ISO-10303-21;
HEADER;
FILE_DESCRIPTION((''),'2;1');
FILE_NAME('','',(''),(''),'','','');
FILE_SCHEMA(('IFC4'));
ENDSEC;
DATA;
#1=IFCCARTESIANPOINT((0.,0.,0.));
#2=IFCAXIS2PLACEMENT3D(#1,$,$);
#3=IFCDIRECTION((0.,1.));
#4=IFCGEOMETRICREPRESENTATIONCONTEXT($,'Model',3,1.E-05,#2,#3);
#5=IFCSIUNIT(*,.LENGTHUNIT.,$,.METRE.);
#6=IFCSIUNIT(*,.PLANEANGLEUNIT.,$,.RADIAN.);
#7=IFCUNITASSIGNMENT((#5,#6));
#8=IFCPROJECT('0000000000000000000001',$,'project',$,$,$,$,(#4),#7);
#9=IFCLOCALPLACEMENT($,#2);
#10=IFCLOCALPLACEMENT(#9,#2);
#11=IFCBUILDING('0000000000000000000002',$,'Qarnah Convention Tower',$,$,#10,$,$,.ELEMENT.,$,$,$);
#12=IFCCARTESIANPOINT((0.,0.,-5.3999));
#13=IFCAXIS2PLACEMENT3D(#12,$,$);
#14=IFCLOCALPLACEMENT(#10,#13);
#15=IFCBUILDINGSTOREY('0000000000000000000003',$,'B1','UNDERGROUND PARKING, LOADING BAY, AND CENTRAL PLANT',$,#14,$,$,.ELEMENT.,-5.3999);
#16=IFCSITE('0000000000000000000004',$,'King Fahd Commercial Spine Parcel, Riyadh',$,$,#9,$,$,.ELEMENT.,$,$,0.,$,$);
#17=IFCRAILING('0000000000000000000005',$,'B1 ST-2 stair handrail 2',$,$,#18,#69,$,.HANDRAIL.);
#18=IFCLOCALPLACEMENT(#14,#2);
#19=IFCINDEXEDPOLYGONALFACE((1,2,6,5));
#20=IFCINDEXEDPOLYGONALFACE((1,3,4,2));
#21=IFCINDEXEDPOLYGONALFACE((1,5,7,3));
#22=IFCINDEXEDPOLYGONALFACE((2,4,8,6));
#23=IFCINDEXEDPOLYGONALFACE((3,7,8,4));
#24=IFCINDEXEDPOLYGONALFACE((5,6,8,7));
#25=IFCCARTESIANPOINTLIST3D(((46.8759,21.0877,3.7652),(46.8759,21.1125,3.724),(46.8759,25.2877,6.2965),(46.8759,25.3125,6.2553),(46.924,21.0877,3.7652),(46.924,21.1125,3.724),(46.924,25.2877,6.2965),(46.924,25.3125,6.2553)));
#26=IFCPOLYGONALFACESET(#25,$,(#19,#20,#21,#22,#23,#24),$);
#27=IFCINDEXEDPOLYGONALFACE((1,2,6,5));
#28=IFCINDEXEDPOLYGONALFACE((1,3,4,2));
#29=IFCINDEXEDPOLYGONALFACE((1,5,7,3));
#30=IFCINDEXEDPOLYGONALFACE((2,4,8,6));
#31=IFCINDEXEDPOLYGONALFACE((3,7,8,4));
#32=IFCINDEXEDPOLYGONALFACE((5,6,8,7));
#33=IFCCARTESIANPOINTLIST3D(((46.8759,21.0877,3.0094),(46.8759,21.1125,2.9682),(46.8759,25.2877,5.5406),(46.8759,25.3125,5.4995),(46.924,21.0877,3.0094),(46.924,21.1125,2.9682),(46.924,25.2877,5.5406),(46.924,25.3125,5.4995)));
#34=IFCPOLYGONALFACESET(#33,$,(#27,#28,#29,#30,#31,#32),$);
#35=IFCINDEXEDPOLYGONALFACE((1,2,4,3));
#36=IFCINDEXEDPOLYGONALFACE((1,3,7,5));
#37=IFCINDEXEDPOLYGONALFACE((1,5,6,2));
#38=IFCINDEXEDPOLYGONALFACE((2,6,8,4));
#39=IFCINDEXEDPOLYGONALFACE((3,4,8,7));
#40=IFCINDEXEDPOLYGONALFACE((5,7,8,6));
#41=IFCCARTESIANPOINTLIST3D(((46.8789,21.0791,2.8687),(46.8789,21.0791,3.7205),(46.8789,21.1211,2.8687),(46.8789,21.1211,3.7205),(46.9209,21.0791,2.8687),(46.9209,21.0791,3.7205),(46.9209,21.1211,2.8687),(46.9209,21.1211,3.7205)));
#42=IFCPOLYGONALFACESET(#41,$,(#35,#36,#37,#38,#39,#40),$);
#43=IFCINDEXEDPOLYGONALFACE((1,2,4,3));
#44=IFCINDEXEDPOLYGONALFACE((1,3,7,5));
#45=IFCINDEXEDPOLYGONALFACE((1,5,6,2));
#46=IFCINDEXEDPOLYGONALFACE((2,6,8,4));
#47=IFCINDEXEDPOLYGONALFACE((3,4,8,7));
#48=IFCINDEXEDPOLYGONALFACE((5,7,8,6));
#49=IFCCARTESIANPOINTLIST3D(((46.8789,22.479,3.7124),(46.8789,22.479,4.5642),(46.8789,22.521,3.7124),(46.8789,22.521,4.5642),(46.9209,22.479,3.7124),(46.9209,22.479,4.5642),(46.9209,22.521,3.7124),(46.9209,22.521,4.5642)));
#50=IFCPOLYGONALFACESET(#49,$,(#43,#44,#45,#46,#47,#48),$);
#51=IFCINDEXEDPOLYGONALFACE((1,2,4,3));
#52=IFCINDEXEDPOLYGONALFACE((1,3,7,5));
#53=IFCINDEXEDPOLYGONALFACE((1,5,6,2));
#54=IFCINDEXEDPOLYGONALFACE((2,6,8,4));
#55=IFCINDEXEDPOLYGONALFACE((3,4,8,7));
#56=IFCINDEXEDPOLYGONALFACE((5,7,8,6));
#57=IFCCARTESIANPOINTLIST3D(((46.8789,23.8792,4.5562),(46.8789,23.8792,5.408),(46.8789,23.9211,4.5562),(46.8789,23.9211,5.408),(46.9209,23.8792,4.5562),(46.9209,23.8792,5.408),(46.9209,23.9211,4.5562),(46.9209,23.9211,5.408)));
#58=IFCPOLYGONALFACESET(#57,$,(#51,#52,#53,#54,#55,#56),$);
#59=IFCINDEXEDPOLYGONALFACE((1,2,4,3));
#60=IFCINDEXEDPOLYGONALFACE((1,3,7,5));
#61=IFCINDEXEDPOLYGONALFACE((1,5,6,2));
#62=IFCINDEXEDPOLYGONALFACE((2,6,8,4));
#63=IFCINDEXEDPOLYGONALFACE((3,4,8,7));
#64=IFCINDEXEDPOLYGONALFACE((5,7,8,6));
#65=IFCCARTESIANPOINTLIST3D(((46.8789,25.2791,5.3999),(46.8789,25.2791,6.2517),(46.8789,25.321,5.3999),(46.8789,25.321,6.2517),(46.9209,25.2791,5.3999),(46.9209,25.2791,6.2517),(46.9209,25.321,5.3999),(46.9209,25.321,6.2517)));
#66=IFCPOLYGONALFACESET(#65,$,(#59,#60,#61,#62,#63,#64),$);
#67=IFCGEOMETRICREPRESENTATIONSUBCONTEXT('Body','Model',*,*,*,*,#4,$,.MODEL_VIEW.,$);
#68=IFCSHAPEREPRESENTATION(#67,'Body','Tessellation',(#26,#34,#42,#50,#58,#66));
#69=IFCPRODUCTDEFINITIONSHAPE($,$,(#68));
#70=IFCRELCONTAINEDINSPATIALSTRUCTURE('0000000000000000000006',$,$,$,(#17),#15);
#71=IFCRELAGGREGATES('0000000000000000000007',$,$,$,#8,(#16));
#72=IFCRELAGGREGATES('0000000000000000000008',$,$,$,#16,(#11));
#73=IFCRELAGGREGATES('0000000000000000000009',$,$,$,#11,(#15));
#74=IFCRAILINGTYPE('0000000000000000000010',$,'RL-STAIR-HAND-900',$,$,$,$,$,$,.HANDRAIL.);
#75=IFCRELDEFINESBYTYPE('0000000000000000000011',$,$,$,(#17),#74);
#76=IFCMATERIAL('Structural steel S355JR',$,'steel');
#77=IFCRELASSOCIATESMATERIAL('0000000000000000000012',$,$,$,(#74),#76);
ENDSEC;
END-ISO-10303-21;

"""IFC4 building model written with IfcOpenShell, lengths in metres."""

from ifc_helpers import new_model, si_unit, direction, frame, origin, origin_2d, place, context, subcontext, project, spatial, rectangle, extrude, material, type_object, element, save


model = new_model("IFC4")

# Units and contexts
model_context = context("Model", 3, precision=1e-05, world=origin(), true_north=direction((0.0, 1.0)))
body_context = subcontext(model_context, "Body", "Model", "MODEL_VIEW")
ifc_project = project(units=[si_unit("LENGTHUNIT", "METRE"), si_unit("PLANEANGLEUNIT", "RADIAN")], contexts=[model_context])

# Site, building, storey
site_placement = place(None, origin())
site = spatial("IfcSite", under=ifc_project, at=site_placement, Name="King Fahd Commercial Spine Parcel, Riyadh", CompositionType="ELEMENT", RefElevation=0.0)
building_placement = place(site_placement, origin())
building = spatial("IfcBuilding", under=site, at=building_placement, Name="Qarnah Convention Tower", CompositionType="ELEMENT")
storey_placement = place(building_placement, frame((0.0, 0.0, -5.3999)))
storey = spatial("IfcBuildingStorey", under=building, at=storey_placement, Name="B1", Description="UNDERGROUND PARKING, LOADING BAY, AND CENTRAL PLANT", CompositionType="ELEMENT", Elevation=-5.3999)

# Shared definitions
ifc_material_1 = material(Name="Structural steel S355JR", Category="steel")

# Railing
railing_type_1 = type_object("IfcRailingType", Name="RL-STAIR-HAND-900", PredefinedType="HANDRAIL", material=ifc_material_1)
railing_1_placement = place(storey_placement, frame((46.8999, 21.1001, 2.8687)))
element("IfcRailing", 1, at=railing_1_placement, inside=storey, type_object=railing_type_1, Name="B1 ST-2 stair handrail 2", PredefinedType="HANDRAIL", context=body_context, shape_type="SweptSolid", body=[
    extrude(rectangle(XDim=0.0481, YDim=0.0481, at=origin_2d()), frame((0.0, 0.0, 0.876), z_axis=(0.0, 0.856476, 0.516186), x_axis=(-1.0, 0.0, 0.0)), (0.0, 0.0, 1.0), 4.9038),
    extrude(rectangle(XDim=0.0481, YDim=0.0481, at=origin_2d()), frame((0.0, 0.0, 0.1201), z_axis=(0.0, 0.856476, 0.516186), x_axis=(-1.0, 0.0, 0.0)), (0.0, 0.0, 1.0), 4.9038),
    extrude(rectangle(XDim=0.042, YDim=0.042, at=origin_2d()), origin(), (0.0, 0.0, 1.0), 0.8518),
    extrude(rectangle(XDim=0.042, YDim=0.042, at=origin_2d()), frame((0.0, 1.3999, 0.8438)), (0.0, 0.0, 1.0), 0.8518),
    extrude(rectangle(XDim=0.042, YDim=0.042, at=origin_2d()), frame((0.0, 2.8, 1.6875)), (0.0, 0.0, 1.0), 0.8518),
    extrude(rectangle(XDim=0.042, YDim=0.042, at=origin_2d()), frame((0.0, 4.2, 2.5312)), (0.0, 0.0, 1.0), 0.8518),
])

save(model, "model.ifc")
